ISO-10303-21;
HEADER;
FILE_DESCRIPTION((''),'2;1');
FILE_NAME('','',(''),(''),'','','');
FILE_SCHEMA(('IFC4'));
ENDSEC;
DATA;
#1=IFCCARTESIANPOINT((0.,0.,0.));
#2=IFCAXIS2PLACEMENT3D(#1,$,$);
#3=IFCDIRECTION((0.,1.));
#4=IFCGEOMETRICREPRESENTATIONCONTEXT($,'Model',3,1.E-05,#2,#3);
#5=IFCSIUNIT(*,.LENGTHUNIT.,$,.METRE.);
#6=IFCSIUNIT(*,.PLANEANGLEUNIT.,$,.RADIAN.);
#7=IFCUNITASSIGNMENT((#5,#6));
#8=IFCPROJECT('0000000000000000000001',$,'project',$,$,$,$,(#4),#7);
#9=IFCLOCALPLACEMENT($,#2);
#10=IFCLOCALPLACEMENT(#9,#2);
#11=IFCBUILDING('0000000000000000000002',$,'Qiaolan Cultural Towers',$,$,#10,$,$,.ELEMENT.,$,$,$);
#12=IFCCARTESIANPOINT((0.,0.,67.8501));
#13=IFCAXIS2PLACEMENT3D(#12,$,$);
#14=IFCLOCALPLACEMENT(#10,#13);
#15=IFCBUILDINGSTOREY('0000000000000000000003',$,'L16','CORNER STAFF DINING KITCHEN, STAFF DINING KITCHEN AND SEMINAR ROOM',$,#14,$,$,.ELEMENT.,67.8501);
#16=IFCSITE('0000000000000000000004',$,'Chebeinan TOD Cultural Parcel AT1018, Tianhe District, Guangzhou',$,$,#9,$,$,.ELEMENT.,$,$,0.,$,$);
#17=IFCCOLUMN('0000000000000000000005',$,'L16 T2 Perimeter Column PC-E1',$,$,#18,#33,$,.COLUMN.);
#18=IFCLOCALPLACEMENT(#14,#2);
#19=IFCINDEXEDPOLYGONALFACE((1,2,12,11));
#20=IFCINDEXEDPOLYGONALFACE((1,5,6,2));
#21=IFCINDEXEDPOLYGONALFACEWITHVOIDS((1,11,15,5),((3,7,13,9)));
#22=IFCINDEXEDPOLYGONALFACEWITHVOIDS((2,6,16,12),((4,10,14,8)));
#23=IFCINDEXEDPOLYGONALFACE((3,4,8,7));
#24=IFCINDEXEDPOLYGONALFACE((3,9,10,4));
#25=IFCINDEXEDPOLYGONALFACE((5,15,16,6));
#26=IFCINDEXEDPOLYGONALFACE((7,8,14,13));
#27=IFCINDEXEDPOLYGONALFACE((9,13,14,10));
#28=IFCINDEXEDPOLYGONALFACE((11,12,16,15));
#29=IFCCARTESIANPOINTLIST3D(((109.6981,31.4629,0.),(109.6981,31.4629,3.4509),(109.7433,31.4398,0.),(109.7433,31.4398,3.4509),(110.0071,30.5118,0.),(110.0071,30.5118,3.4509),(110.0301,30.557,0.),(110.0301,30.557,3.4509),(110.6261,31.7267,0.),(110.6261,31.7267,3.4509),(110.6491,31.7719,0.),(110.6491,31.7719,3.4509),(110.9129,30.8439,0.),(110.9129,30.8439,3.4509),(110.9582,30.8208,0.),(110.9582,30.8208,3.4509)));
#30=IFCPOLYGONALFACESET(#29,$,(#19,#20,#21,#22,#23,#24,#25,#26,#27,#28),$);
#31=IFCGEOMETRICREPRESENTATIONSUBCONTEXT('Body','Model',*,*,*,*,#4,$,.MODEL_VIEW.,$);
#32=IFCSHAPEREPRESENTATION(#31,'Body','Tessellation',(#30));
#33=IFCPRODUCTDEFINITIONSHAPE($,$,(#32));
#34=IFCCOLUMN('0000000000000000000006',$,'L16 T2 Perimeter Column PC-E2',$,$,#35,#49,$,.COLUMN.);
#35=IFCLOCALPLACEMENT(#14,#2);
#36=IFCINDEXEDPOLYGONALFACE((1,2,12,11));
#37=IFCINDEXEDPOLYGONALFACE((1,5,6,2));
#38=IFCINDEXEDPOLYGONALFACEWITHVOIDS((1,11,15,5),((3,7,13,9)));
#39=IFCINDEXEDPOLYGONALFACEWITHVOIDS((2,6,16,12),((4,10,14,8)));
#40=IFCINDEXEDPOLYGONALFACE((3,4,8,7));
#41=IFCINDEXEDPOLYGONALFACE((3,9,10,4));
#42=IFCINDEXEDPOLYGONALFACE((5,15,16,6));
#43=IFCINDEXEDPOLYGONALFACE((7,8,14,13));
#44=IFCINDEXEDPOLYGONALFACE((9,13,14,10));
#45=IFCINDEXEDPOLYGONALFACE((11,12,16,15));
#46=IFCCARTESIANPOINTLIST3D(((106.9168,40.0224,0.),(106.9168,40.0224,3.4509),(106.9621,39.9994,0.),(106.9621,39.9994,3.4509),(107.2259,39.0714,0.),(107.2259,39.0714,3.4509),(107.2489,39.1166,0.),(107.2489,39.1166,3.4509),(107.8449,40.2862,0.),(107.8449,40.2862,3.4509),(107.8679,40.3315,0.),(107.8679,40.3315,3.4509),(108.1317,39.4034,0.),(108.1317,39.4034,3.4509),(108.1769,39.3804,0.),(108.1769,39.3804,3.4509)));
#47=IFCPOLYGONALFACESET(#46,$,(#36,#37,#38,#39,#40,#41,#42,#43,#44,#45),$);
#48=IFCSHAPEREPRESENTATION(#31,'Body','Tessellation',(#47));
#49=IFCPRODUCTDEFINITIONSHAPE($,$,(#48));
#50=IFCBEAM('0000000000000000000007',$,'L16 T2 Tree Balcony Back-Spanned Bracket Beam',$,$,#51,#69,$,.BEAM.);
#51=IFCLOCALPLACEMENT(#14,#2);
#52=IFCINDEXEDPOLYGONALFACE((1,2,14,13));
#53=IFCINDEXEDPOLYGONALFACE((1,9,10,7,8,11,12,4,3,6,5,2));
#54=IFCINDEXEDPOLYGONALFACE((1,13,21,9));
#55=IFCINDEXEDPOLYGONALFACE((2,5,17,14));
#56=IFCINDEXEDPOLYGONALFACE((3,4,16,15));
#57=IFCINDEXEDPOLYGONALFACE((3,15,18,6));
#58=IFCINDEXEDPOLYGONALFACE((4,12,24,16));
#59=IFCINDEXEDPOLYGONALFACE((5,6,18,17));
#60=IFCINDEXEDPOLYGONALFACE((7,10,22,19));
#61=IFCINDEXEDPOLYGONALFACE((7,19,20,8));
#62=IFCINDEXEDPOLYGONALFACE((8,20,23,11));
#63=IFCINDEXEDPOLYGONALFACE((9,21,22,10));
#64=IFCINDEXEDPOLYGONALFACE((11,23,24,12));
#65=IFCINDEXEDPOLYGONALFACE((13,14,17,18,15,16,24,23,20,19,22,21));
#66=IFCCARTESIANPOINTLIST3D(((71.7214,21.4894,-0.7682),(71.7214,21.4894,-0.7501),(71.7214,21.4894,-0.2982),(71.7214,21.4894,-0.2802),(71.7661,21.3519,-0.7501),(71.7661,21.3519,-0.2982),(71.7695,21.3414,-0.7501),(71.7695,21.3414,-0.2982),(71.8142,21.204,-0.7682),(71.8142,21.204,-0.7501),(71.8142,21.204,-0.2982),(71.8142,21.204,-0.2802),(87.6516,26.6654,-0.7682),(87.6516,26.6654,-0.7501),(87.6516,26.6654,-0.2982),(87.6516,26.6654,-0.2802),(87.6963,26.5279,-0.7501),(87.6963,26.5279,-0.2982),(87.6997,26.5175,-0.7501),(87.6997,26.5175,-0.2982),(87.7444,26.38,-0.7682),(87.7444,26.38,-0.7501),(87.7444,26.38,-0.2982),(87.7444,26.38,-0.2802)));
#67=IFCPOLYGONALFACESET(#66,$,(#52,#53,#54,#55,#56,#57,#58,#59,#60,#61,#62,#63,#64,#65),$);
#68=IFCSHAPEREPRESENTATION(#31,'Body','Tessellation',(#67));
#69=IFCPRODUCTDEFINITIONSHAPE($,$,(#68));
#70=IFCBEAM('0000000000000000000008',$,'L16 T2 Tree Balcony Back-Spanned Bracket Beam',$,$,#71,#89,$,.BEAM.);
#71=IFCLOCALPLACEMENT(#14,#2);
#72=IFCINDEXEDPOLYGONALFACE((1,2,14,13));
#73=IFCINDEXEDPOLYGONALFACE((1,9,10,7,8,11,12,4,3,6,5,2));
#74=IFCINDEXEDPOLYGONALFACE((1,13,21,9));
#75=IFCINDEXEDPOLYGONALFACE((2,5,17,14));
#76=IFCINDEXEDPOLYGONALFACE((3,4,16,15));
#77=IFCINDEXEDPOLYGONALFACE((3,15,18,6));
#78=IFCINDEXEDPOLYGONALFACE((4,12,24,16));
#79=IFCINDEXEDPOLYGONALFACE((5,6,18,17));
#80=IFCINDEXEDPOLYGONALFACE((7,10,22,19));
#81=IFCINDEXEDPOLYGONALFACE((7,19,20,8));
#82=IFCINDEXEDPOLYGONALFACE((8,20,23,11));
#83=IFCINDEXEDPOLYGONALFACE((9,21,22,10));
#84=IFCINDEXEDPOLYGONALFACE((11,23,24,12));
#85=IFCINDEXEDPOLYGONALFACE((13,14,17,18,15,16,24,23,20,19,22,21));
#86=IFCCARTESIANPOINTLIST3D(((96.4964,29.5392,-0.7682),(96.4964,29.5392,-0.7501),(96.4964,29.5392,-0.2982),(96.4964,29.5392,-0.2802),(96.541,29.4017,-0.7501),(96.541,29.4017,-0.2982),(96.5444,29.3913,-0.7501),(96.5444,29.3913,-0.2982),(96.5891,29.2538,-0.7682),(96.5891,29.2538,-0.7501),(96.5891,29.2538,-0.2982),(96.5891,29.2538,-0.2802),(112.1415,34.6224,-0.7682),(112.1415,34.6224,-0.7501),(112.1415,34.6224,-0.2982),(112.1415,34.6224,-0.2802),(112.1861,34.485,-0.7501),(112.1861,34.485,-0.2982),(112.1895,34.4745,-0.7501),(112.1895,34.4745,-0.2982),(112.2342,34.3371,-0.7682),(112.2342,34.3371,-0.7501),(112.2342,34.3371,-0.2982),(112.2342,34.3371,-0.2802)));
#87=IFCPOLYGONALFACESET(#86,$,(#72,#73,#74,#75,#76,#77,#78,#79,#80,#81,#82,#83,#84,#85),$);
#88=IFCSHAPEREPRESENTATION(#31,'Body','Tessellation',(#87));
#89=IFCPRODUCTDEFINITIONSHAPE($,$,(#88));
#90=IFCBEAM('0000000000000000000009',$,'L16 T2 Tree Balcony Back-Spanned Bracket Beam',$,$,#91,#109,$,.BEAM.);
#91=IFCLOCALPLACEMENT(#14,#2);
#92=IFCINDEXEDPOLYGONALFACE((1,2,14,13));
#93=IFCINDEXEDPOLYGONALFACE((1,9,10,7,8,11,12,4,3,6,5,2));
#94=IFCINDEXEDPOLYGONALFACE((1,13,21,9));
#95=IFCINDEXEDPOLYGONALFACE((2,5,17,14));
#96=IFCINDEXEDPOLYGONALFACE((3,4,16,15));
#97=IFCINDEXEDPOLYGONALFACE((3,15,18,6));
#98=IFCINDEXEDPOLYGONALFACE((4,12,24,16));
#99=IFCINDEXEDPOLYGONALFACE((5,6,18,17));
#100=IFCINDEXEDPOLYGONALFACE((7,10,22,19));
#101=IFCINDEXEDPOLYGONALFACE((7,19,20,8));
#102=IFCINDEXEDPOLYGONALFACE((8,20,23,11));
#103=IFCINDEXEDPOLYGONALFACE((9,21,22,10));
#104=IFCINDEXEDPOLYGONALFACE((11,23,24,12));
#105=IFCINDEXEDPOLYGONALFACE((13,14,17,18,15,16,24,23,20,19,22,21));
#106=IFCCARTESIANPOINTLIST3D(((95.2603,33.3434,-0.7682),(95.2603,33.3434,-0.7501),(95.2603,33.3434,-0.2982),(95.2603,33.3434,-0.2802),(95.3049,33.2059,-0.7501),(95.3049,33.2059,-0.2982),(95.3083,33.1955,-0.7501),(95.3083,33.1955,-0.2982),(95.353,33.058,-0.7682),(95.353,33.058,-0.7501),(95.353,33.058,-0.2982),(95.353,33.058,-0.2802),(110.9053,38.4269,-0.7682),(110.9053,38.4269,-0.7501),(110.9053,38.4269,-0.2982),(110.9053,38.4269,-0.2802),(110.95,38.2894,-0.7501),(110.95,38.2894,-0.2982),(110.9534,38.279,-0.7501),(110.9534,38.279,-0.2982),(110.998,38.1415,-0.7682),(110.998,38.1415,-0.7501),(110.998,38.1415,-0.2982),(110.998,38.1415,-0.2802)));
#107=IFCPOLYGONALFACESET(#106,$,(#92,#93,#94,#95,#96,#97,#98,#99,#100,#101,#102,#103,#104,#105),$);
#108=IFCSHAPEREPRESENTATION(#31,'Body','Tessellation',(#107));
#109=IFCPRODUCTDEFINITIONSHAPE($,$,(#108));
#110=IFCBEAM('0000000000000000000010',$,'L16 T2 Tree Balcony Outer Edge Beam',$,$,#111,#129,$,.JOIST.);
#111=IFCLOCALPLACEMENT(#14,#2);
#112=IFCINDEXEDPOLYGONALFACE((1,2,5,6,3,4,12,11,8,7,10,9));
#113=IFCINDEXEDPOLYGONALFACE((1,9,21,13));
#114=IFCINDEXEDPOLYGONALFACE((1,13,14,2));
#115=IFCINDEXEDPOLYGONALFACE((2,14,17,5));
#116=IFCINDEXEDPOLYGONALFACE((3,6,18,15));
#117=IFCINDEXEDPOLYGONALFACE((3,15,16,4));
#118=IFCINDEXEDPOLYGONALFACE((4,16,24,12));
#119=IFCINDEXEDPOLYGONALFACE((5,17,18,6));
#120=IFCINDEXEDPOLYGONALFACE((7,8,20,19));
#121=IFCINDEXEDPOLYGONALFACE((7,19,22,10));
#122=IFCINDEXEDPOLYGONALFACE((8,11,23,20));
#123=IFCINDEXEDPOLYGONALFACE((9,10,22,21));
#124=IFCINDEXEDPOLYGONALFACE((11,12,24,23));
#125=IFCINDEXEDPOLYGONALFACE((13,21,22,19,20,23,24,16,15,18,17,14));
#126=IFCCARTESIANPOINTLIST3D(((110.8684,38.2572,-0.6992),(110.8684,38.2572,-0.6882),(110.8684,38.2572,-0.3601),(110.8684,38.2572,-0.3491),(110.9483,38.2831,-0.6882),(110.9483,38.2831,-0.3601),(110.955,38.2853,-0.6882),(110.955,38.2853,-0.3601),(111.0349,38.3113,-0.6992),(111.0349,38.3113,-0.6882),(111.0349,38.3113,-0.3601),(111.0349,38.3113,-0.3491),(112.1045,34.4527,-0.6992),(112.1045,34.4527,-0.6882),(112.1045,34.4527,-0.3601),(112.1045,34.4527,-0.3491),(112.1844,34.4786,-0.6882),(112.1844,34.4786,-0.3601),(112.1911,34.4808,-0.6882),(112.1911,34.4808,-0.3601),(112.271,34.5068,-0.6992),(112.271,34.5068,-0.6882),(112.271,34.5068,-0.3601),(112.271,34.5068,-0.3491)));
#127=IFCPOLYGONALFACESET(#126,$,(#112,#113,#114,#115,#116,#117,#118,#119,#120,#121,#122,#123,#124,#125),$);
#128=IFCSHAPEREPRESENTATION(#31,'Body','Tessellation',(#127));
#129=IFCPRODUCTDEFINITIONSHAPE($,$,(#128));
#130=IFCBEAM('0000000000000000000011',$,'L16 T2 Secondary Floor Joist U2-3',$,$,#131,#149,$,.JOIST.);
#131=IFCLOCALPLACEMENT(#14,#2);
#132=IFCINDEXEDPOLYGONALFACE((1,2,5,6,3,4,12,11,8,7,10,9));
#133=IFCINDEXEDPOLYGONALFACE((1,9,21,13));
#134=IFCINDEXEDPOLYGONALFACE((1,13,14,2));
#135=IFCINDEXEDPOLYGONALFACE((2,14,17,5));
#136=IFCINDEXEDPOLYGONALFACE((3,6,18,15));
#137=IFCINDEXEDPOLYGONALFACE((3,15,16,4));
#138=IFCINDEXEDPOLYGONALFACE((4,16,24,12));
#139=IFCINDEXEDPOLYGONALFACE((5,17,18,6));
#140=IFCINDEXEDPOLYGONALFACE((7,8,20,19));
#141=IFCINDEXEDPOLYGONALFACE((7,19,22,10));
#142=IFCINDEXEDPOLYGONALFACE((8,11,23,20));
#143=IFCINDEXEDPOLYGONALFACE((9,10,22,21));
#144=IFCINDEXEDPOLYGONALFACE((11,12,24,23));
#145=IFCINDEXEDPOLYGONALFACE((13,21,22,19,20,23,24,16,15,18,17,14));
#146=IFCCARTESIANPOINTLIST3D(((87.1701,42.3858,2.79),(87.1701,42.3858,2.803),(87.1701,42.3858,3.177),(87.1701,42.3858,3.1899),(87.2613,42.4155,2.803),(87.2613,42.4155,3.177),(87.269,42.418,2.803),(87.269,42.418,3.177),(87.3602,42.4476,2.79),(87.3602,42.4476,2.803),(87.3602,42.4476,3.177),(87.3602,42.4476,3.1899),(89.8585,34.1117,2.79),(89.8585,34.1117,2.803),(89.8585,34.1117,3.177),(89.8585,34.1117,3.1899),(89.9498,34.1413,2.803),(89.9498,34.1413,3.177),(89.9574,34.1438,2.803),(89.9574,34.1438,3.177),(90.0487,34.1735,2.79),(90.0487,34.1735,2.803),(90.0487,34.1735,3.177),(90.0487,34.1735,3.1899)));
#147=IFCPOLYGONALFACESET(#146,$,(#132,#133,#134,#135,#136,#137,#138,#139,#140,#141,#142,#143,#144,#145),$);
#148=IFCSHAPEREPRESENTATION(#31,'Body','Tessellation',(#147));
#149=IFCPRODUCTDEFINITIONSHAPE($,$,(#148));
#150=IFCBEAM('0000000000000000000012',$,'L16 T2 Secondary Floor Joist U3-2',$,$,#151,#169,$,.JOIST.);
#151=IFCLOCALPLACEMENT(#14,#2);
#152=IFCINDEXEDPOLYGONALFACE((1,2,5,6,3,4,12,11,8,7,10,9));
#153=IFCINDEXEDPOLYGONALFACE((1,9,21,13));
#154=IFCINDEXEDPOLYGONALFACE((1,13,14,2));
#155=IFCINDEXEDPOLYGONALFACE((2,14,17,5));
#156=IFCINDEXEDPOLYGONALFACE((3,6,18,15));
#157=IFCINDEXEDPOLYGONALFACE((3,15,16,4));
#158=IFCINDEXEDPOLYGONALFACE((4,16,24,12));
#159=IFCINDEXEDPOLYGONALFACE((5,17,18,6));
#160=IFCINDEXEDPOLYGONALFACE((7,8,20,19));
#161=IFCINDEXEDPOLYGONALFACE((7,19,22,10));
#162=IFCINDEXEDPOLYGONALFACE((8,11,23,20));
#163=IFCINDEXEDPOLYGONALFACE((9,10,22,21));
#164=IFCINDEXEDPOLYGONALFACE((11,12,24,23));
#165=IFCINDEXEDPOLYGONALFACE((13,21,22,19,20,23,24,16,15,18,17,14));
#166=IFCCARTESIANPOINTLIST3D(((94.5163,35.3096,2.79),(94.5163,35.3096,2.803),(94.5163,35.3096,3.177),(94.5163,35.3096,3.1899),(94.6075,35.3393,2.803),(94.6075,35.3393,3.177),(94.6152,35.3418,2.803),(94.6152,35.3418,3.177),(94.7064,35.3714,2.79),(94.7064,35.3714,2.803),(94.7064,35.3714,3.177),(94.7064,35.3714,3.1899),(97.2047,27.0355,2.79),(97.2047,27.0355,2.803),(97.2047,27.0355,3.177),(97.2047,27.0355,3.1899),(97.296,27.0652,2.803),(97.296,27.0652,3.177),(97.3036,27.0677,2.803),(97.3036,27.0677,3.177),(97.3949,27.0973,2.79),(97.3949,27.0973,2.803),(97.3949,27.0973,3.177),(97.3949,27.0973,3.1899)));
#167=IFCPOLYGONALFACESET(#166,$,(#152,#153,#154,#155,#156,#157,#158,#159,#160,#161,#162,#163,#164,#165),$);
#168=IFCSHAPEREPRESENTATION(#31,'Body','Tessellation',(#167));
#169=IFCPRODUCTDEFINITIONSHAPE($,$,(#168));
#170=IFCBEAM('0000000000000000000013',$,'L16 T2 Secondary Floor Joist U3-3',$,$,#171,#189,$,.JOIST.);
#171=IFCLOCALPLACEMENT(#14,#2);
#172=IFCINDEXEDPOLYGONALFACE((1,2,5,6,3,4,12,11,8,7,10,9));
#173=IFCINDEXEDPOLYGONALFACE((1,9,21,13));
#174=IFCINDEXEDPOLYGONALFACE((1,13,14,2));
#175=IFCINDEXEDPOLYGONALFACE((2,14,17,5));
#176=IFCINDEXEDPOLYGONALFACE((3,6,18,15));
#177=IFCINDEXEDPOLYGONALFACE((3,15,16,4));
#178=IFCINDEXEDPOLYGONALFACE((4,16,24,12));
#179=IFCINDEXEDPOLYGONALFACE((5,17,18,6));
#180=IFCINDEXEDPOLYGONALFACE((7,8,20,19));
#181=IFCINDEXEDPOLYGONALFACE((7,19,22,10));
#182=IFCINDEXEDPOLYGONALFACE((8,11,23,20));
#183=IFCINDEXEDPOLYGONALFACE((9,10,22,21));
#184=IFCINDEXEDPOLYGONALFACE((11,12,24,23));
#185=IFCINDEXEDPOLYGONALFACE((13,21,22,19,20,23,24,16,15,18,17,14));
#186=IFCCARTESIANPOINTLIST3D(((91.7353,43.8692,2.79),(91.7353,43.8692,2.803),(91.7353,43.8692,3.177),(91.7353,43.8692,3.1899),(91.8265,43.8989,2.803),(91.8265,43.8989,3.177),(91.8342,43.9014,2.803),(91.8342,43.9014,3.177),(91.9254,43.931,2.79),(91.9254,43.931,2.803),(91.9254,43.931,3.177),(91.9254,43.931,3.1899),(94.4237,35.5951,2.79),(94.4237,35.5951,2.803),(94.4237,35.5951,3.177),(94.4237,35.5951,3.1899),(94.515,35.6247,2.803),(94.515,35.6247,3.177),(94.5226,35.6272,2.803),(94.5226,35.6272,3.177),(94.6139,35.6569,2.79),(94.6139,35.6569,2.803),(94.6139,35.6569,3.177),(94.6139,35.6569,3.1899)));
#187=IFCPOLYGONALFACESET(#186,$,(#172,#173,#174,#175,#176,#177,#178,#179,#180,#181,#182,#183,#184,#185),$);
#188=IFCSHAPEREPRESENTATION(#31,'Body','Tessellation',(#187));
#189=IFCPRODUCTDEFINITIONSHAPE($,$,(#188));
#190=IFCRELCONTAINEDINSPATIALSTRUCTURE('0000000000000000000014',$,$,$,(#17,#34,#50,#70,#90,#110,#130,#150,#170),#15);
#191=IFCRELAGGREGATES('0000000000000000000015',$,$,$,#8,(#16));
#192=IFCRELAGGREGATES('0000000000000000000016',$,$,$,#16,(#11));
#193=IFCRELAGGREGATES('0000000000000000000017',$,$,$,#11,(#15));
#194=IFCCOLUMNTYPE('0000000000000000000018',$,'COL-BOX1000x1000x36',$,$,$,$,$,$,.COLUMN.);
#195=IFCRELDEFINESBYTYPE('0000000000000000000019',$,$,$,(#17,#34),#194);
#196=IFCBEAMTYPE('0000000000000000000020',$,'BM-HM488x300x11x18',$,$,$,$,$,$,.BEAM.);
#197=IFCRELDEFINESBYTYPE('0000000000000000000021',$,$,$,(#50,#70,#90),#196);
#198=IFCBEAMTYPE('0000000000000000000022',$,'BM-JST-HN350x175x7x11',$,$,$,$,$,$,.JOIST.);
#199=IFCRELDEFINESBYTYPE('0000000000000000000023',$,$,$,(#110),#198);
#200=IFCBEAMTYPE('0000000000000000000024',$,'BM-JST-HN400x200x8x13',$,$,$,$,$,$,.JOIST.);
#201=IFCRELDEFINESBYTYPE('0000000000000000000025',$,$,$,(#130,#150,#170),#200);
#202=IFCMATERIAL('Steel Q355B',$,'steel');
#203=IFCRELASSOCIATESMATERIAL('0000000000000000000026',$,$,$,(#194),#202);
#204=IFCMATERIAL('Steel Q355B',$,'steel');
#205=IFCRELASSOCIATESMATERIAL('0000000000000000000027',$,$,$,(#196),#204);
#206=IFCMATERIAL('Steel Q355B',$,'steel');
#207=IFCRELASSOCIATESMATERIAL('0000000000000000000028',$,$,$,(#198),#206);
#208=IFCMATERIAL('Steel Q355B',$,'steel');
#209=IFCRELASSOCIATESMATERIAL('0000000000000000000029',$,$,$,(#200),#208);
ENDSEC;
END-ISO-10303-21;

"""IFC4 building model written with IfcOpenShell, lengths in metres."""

from ifc_helpers import new_model, si_unit, direction, frame, origin, origin_2d, place, context, subcontext, project, spatial, hollow_rectangle, i_section, extrude, material, material_profile, profile_set, type_object, element, save


model = new_model("IFC4")

# Units and contexts
model_context = context("Model", 3, precision=1e-05, world=origin(), true_north=direction((0.0, 1.0)))
body_context = subcontext(model_context, "Body", "Model", "MODEL_VIEW")
ifc_project = project(units=[si_unit("LENGTHUNIT", "METRE"), si_unit("PLANEANGLEUNIT", "RADIAN")], contexts=[model_context])

# Site, building, storey
site_placement = place(None, origin())
site = spatial("IfcSite", under=ifc_project, at=site_placement, Name="Chebeinan TOD Cultural Parcel AT1018, Tianhe District, Guangzhou", CompositionType="ELEMENT", RefElevation=0.0)
building_placement = place(site_placement, origin())
building = spatial("IfcBuilding", under=site, at=building_placement, Name="Qiaolan Cultural Towers", CompositionType="ELEMENT")
storey_placement = place(building_placement, frame((0.0, 0.0, 67.8501)))
storey = spatial("IfcBuildingStorey", under=building, at=storey_placement, Name="L16", Description="CORNER STAFF DINING KITCHEN, STAFF DINING KITCHEN AND SEMINAR ROOM", CompositionType="ELEMENT", Elevation=67.8501)

# Columns
ifc_material_1 = material(Name="Steel Q355B", Category="steel")
ifc_material_profile_1 = material_profile(ifc_material_1, hollow_rectangle(XDim=1.0, YDim=1.0, WallThickness=0.0359, at=origin_2d()), Name="BOX1000x1000x36")
ifc_profile_set_1 = profile_set([ifc_material_profile_1], Name="Steel Q355B")
column_type = type_object("IfcColumnType", Name="COL-BOX1000x1000x36", PredefinedType="COLUMN", material=ifc_profile_set_1)
for number, where, z_axis, x_axis, name in (
    (1, (110.3281, 31.1418, 0.0), (0.0, 0.0, 1.0), (0.951057, 0.309017, 0.0), "L16 T2 Perimeter Column PC-E1"),
    (2, (107.5469, 39.7014, 0.0), (0.0, 0.0, 1.0), (0.951057, 0.309017, 0.0), "L16 T2 Perimeter Column PC-E2"),
):
    element("IfcColumn", number, at=place(storey_placement, frame(where, z_axis=z_axis, x_axis=x_axis)), inside=storey, type_object=column_type, Name=name, PredefinedType="COLUMN", context=body_context, shape_type="SweptSolid", body=[
        extrude(hollow_rectangle(XDim=1.0, YDim=1.0, WallThickness=0.0359, at=origin_2d()), origin(), (0.0, 0.0, 1.0), 3.4509),
    ])

# Beams
ifc_material_2 = material(Name="Steel Q355B", Category="steel")
ifc_material_profile_2 = material_profile(ifc_material_2, i_section(OverallWidth=0.3, OverallDepth=0.488, WebThickness=0.011, FlangeThickness=0.0181, at=origin_2d()), Name="HM488x300x11x18")
ifc_profile_set_2 = profile_set([ifc_material_profile_2], Name="Steel Q355B")
beam_type_1 = type_object("IfcBeamType", Name="BM-HM488x300x11x18", PredefinedType="BEAM", material=ifc_profile_set_2)
beam_1_placement = place(storey_placement, frame((87.698, 26.5227, -0.5242), z_axis=(-0.951057, -0.309017, 0.0), x_axis=(0.309017, -0.951057, 0.0)))
element("IfcBeam", 3, at=beam_1_placement, inside=storey, type_object=beam_type_1, Name="L16 T2 Tree Balcony Back-Spanned Bracket Beam", PredefinedType="BEAM", context=body_context, shape_type="SweptSolid", body=[
    extrude(i_section(OverallWidth=0.3, OverallDepth=0.488, WebThickness=0.011, FlangeThickness=0.0181, at=origin_2d()), origin(), (0.0, 0.0, 1.0), 16.75),
])
for number, where, z_axis, x_axis, name in (
    (4, (96.5427, 29.3965, -0.5242), (0.951059, 0.30901, 0.0), (-0.30901, 0.951059, 0.0), "L16 T2 Tree Balcony Back-Spanned Bracket Beam"),
    (5, (95.3066, 33.2007, -0.5242), (0.951054, 0.309024, 0.0), (-0.309024, 0.951054, 0.0), "L16 T2 Tree Balcony Back-Spanned Bracket Beam"),
):
    element("IfcBeam", number, at=place(storey_placement, frame(where, z_axis=z_axis, x_axis=x_axis)), inside=storey, type_object=beam_type_1, Name=name, PredefinedType="BEAM", context=body_context, shape_type="SweptSolid", body=[
        extrude(i_section(OverallWidth=0.3, OverallDepth=0.488, WebThickness=0.011, FlangeThickness=0.0181, at=origin_2d()), origin(), (0.0, 0.0, 1.0), 16.4502),
    ])
ifc_material_3 = material(Name="Steel Q355B", Category="steel")
ifc_material_profile_3 = material_profile(ifc_material_3, i_section(OverallWidth=0.175, OverallDepth=0.3501, WebThickness=0.0071, FlangeThickness=0.011, at=origin_2d()), Name="HN350x175x7x11")
ifc_profile_set_3 = profile_set([ifc_material_profile_3], Name="Steel Q355B")
beam_type_2 = type_object("IfcBeamType", Name="BM-JST-HN350x175x7x11", PredefinedType="JOIST", material=ifc_profile_set_3)
beam_2_placement = place(storey_placement, frame((112.1877, 34.4797, -0.5242), z_axis=(-0.309005, 0.951061, 0.0), x_axis=(-0.951061, -0.309005, 0.0)))
element("IfcBeam", 6, at=beam_2_placement, inside=storey, type_object=beam_type_2, Name="L16 T2 Tree Balcony Outer Edge Beam", PredefinedType="JOIST", context=body_context, shape_type="SweptSolid", body=[
    extrude(i_section(OverallWidth=0.175, OverallDepth=0.3501, WebThickness=0.0071, FlangeThickness=0.011, at=origin_2d()), origin(), (0.0, 0.0, 1.0), 4.0002),
])
ifc_material_4 = material(Name="Steel Q355B", Category="steel")
ifc_material_profile_4 = material_profile(ifc_material_4, i_section(OverallWidth=0.2, OverallDepth=0.3999, WebThickness=0.0081, FlangeThickness=0.0129, at=origin_2d()), Name="HN400x200x8x13")
ifc_profile_set_4 = profile_set([ifc_material_profile_4], Name="Steel Q355B")
beam_type_3 = type_object("IfcBeamType", Name="BM-JST-HN400x200x8x13", PredefinedType="JOIST", material=ifc_profile_set_4)
for number, where, z_axis, x_axis, name in (
    (7, (89.9536, 34.1426, 2.99), (-0.309021, 0.951055, 0.0), (-0.951055, -0.309021, 0.0), "L16 T2 Secondary Floor Joist U2-3"),
    (8, (97.2998, 27.0664, 2.99), (-0.309021, 0.951055, 0.0), (-0.951055, -0.309021, 0.0), "L16 T2 Secondary Floor Joist U3-2"),
    (9, (94.5188, 35.626, 2.99), (-0.309021, 0.951055, 0.0), (-0.951055, -0.309021, 0.0), "L16 T2 Secondary Floor Joist U3-3"),
):
    element("IfcBeam", number, at=place(storey_placement, frame(where, z_axis=z_axis, x_axis=x_axis)), inside=storey, type_object=beam_type_3, Name=name, PredefinedType="JOIST", context=body_context, shape_type="SweptSolid", body=[
        extrude(i_section(OverallWidth=0.2, OverallDepth=0.3999, WebThickness=0.0081, FlangeThickness=0.0129, at=origin_2d()), origin(), (0.0, 0.0, 1.0), 8.7),
    ])

save(model, "model.ifc")
